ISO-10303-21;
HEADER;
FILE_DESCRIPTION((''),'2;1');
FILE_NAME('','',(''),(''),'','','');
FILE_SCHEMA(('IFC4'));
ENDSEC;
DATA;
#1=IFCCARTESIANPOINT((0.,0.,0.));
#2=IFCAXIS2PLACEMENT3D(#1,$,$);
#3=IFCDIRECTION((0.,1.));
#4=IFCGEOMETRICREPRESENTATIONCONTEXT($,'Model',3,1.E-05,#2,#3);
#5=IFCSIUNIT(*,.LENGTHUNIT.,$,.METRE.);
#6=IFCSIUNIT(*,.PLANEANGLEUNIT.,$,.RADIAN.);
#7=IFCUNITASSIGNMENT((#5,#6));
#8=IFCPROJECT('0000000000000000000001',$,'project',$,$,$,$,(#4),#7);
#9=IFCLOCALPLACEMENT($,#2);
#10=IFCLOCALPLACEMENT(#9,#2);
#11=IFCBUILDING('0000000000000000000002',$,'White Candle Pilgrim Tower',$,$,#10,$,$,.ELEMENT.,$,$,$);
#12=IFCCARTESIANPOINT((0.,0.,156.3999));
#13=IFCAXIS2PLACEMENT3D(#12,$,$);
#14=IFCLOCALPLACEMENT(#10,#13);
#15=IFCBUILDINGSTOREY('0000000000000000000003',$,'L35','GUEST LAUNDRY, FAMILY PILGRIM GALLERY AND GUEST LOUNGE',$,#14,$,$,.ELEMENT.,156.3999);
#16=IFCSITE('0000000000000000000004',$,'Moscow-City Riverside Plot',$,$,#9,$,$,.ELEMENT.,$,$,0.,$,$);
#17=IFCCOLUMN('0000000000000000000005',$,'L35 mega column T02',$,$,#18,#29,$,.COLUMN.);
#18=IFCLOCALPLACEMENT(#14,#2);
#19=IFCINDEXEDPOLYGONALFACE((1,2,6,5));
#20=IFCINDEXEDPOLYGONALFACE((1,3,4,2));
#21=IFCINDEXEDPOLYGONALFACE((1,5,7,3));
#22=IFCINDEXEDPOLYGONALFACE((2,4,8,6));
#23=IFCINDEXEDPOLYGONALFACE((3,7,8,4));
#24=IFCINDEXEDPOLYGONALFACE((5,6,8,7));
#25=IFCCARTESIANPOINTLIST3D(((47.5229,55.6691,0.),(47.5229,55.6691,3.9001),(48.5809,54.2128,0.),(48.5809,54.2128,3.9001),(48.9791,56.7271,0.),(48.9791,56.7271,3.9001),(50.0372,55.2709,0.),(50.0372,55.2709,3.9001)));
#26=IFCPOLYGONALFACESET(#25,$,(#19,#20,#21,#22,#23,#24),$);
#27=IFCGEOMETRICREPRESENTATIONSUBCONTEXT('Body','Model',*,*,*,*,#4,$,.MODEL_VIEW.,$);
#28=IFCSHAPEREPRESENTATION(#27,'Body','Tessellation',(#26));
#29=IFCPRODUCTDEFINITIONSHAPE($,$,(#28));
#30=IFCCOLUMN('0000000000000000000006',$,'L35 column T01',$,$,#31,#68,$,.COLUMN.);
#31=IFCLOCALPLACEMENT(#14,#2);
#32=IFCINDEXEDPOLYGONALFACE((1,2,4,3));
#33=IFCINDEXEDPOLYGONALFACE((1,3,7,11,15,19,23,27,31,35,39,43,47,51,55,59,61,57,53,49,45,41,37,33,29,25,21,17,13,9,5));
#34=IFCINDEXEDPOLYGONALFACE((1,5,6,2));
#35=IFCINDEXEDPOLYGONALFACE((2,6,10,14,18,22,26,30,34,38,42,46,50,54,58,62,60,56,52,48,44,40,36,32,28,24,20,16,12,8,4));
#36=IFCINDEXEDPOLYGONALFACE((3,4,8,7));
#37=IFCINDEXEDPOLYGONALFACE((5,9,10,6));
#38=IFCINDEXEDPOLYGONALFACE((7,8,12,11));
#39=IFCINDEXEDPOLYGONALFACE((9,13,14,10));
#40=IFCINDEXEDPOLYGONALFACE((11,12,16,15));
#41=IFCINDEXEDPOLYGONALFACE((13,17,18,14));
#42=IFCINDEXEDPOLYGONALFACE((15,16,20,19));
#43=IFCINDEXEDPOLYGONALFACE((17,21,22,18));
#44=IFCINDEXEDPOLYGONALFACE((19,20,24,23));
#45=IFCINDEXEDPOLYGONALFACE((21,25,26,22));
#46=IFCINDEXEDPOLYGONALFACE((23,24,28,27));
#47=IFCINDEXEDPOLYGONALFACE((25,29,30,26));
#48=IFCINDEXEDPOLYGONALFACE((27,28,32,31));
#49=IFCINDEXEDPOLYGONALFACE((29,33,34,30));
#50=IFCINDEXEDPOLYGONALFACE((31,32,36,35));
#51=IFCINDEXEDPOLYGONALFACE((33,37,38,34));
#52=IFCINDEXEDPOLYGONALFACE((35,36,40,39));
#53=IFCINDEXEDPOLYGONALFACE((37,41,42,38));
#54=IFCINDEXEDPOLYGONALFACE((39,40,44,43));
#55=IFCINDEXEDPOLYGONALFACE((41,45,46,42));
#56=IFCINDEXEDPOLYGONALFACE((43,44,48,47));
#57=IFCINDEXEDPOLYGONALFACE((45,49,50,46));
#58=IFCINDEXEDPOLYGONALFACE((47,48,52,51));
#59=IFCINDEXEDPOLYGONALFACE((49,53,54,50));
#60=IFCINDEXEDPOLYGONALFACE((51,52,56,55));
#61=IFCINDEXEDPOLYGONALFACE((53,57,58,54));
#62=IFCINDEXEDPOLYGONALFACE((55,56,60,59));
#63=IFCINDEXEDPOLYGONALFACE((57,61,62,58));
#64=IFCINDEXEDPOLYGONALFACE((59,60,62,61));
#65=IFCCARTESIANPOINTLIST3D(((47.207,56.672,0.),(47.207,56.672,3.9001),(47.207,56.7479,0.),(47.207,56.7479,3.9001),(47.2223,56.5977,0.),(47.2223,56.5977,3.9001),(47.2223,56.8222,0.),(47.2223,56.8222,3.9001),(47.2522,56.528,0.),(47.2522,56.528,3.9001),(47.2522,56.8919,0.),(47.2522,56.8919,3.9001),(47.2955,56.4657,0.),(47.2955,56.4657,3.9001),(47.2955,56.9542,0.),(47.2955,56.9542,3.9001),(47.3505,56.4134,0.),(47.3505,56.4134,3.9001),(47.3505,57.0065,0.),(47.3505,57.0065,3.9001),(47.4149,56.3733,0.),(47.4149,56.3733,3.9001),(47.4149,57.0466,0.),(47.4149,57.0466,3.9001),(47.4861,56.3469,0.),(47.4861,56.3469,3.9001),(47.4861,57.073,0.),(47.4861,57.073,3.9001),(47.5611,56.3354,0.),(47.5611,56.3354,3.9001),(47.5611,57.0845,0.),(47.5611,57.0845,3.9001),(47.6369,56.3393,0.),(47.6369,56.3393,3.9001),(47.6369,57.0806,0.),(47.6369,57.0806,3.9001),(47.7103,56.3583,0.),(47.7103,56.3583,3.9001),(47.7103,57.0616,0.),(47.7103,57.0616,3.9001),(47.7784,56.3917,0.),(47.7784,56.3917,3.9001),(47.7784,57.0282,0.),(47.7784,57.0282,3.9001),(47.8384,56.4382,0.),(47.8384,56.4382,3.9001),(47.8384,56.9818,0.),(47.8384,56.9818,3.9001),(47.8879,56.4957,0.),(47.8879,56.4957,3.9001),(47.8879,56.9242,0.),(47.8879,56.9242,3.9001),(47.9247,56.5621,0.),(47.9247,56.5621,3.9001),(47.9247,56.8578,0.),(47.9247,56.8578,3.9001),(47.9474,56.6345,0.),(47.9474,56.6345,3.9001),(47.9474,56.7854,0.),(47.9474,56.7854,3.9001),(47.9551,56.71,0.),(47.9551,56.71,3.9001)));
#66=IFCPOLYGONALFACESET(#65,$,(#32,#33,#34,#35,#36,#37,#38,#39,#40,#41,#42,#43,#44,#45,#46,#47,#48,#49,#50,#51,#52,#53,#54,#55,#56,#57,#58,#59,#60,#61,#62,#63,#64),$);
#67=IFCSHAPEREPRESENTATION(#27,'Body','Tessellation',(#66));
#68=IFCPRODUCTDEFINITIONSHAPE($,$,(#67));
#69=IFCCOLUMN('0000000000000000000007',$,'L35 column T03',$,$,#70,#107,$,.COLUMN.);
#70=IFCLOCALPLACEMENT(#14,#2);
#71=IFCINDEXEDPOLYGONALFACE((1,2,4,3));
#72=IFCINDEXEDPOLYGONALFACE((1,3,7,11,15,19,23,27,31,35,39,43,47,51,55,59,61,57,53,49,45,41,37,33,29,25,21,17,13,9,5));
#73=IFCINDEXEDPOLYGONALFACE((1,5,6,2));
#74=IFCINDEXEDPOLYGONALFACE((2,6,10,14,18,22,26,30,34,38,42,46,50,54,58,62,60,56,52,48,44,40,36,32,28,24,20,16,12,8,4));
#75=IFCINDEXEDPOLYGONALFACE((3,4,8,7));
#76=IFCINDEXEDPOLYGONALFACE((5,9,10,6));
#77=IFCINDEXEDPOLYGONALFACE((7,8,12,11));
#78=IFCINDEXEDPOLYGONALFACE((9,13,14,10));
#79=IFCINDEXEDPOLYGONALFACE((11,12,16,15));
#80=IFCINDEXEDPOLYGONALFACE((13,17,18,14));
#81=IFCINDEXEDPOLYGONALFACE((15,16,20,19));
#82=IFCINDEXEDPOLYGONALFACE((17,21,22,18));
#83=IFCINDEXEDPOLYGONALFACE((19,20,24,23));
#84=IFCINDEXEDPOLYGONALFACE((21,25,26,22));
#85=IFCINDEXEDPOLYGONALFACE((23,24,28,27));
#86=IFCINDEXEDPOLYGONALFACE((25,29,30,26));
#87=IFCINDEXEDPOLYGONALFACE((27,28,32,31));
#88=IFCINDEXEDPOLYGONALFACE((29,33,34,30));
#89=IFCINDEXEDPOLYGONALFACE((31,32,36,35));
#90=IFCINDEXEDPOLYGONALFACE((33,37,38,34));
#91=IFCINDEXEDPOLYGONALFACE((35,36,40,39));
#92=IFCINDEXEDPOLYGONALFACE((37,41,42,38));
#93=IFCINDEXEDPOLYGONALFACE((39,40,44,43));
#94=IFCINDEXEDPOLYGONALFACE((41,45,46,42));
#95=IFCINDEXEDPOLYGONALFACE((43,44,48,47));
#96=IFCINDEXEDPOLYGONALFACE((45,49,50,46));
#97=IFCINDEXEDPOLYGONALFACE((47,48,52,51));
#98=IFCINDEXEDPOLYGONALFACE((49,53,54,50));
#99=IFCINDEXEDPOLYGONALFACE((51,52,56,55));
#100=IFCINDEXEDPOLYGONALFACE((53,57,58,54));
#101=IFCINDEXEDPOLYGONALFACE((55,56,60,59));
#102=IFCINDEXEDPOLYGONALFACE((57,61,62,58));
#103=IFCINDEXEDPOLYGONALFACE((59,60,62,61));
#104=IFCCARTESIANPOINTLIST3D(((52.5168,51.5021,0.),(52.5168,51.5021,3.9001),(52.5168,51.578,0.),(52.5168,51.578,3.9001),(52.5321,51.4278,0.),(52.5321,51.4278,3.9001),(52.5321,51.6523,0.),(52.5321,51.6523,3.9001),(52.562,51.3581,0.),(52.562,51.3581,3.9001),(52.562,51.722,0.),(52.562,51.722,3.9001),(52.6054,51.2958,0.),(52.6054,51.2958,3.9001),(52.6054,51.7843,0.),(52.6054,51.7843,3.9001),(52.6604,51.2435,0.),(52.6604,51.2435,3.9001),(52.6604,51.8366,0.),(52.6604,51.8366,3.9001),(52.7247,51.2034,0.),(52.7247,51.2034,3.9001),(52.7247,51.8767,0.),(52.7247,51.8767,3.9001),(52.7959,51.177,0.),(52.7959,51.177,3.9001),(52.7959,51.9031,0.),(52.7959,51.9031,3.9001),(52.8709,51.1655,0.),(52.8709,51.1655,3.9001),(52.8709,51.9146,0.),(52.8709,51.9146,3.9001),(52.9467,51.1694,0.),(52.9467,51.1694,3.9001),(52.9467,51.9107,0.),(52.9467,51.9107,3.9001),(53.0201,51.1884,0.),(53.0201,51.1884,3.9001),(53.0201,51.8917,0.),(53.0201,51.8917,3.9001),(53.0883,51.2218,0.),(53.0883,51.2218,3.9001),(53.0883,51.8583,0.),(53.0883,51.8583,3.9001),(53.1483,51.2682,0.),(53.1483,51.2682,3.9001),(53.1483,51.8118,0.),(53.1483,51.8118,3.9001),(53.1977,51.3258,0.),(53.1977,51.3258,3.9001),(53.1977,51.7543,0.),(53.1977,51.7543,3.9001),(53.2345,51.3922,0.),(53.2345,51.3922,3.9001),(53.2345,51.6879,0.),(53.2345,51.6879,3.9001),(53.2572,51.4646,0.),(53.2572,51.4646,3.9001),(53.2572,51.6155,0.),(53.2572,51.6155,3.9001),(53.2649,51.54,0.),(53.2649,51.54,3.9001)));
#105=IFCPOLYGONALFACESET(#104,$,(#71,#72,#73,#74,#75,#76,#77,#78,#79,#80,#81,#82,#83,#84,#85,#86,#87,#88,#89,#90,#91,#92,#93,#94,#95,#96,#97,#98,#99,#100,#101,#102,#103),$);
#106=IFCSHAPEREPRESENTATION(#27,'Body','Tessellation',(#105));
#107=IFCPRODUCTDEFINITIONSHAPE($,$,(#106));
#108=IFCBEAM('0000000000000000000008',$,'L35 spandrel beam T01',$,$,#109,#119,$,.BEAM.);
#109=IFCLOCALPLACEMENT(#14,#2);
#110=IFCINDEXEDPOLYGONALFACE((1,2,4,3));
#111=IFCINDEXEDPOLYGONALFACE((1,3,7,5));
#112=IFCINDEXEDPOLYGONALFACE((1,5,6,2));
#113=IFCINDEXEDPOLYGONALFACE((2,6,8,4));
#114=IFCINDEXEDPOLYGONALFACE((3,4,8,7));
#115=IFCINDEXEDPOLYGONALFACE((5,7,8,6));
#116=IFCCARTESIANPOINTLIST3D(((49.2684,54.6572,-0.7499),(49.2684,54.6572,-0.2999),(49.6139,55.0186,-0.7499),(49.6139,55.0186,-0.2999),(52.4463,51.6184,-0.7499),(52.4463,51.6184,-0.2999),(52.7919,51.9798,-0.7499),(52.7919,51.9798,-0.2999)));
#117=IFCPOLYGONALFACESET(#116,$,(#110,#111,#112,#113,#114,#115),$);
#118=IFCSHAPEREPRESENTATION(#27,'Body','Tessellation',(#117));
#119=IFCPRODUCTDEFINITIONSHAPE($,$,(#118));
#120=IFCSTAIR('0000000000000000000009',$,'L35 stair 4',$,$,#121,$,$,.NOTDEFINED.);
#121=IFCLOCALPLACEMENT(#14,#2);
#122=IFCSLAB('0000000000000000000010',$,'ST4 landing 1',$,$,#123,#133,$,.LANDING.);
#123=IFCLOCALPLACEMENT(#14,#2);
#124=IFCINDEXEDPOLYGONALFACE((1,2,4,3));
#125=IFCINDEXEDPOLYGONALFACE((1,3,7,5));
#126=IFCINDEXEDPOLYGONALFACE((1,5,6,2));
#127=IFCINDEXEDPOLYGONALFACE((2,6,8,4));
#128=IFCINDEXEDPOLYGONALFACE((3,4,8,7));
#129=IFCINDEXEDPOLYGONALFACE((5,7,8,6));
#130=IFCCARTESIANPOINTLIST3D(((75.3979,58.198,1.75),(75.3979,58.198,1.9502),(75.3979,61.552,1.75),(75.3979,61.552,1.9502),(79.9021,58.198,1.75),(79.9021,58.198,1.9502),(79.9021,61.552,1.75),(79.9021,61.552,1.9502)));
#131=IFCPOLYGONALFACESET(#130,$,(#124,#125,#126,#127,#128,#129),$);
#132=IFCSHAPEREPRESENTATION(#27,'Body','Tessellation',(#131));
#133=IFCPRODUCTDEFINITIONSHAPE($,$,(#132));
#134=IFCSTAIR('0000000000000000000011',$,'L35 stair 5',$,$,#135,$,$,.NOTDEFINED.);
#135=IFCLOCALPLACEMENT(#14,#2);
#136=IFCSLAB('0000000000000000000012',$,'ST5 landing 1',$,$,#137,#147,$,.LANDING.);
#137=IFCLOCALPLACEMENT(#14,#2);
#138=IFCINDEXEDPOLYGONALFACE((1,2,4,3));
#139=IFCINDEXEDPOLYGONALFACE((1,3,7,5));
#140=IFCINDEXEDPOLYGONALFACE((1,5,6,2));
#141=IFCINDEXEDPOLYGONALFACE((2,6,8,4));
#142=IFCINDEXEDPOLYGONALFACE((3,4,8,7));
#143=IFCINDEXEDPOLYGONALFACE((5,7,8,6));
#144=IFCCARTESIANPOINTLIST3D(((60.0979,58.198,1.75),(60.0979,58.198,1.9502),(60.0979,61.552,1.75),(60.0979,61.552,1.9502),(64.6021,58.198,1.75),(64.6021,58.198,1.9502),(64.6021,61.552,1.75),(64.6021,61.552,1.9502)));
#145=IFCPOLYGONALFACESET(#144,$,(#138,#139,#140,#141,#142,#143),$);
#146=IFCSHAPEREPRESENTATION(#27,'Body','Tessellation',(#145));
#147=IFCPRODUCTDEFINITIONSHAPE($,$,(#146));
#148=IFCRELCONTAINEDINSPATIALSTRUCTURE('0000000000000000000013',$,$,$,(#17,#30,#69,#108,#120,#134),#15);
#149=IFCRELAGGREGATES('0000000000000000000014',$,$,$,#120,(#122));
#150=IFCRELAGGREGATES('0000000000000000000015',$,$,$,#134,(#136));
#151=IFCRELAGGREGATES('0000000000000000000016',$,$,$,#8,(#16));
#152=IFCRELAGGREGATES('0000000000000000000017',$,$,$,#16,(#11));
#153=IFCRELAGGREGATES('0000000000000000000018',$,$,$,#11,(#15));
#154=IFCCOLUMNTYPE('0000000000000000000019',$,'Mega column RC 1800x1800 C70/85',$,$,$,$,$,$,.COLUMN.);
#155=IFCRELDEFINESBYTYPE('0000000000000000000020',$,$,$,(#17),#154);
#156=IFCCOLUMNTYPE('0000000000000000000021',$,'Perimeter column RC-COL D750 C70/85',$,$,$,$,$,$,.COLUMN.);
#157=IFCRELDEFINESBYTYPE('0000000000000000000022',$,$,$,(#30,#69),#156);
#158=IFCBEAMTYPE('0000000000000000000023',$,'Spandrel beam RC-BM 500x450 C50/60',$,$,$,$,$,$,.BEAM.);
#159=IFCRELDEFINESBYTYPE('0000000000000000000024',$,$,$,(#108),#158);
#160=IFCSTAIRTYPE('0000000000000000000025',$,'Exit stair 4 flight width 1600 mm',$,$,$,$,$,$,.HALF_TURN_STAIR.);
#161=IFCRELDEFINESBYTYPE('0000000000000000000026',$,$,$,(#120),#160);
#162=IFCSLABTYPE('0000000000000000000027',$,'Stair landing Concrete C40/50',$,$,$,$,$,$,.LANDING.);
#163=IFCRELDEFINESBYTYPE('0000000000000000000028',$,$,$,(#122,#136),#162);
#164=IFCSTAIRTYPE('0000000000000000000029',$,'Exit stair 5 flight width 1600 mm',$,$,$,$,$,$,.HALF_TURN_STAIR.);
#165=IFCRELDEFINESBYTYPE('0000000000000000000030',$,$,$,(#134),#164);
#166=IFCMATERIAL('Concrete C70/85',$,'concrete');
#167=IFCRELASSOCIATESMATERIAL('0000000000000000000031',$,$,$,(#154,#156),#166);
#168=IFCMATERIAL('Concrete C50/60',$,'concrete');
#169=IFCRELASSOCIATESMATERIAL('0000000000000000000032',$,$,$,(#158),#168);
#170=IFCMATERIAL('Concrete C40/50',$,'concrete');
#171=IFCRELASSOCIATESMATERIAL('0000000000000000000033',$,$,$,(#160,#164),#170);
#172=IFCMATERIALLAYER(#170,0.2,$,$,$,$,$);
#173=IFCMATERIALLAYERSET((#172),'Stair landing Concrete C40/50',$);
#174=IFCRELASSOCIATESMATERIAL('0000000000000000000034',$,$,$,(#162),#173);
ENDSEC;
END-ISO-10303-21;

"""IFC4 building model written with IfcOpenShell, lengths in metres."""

from ifc_helpers import new_model, si_unit, direction, frame, origin, origin_2d, place, context, subcontext, project, spatial, polyline, rectangle, circle, outline, extrude, material, layer, layer_set, material_profile, profile_set, type_object, element, aggregate, save


model = new_model("IFC4")

# Units and contexts
model_context = context("Model", 3, precision=1e-05, world=origin(), true_north=direction((0.0, 1.0)))
body_context = subcontext(model_context, "Body", "Model", "MODEL_VIEW")
ifc_project = project(units=[si_unit("LENGTHUNIT", "METRE"), si_unit("PLANEANGLEUNIT", "RADIAN")], contexts=[model_context])

# Site, building, storey
site_placement = place(None, origin())
site = spatial("IfcSite", under=ifc_project, at=site_placement, Name="Moscow-City Riverside Plot", CompositionType="ELEMENT", RefElevation=0.0)
building_placement = place(site_placement, origin())
building = spatial("IfcBuilding", under=site, at=building_placement, Name="White Candle Pilgrim Tower", CompositionType="ELEMENT")
storey_placement = place(building_placement, frame((0.0, 0.0, 156.3999)))
storey = spatial("IfcBuildingStorey", under=building, at=storey_placement, Name="L35", Description="GUEST LAUNDRY, FAMILY PILGRIM GALLERY AND GUEST LOUNGE", CompositionType="ELEMENT", Elevation=156.3999)

# Columns
ifc_material_1 = material(Name="Concrete C70/85", Category="concrete")
ifc_material_profile_1 = material_profile(ifc_material_1, rectangle(XDim=1.8, YDim=1.8, at=origin_2d()), Name="RC 1800x1800")
ifc_profile_set_1 = profile_set([ifc_material_profile_1], Name="Concrete C70/85")
column_type_1 = type_object("IfcColumnType", Name="Mega column RC 1800x1800 C70/85", PredefinedType="COLUMN", material=ifc_profile_set_1)
column_placement = place(storey_placement, frame((48.78, 55.47, 0.0), z_axis=(0.0, 0.0, 1.0), x_axis=(-0.809017, -0.587785, 0.0)))
element("IfcColumn", 1, at=column_placement, inside=storey, type_object=column_type_1, Name="L35 mega column T02", PredefinedType="COLUMN", context=body_context, shape_type="SweptSolid", body=[
    extrude(rectangle(XDim=1.8, YDim=1.8, at=origin_2d()), origin(), (0.0, 0.0, 1.0), 3.9001),
])
ifc_material_profile_2 = material_profile(ifc_material_1, circle(Radius=0.375, at=origin_2d()), Name="RC-COL D750")
ifc_profile_set_2 = profile_set([ifc_material_profile_2], Name="Concrete C70/85")
column_type_2 = type_object("IfcColumnType", Name="Perimeter column RC-COL D750 C70/85", PredefinedType="COLUMN", material=ifc_profile_set_2)
for number, where, z_axis, x_axis, name in (
    (2, (47.5801, 56.71, 0.0), (0.0, 0.0, 1.0), (1.0, 0.0, 0.0), "L35 column T01"),
    (3, (52.8899, 51.54, 0.0), (0.0, 0.0, 1.0), (1.0, 0.0, 0.0), "L35 column T03"),
):
    element("IfcColumn", number, at=place(storey_placement, frame(where, z_axis=z_axis, x_axis=x_axis)), inside=storey, type_object=column_type_2, Name=name, PredefinedType="COLUMN", context=body_context, shape_type="SweptSolid", body=[
        extrude(circle(Radius=0.375, at=origin_2d()), origin(), (0.0, 0.0, 1.0), 3.9001),
    ])

# Beam
ifc_material_2 = material(Name="Concrete C50/60", Category="concrete")
ifc_material_profile_3 = material_profile(ifc_material_2, rectangle(XDim=0.5, YDim=0.45, at=origin_2d()), Name="RC-BM 500x450")
ifc_profile_set_3 = profile_set([ifc_material_profile_3], Name="Concrete C50/60")
beam_type = type_object("IfcBeamType", Name="Spandrel beam RC-BM 500x450 C50/60", PredefinedType="BEAM", material=ifc_profile_set_3)
beam_placement = place(storey_placement, frame((49.4412, 54.8379, -0.5249), z_axis=(0.722754, -0.691105, 0.0), x_axis=(0.691105, 0.722754, 0.0)))
element("IfcBeam", 4, at=beam_placement, inside=storey, type_object=beam_type, Name="L35 spandrel beam T01", PredefinedType="BEAM", context=body_context, shape_type="SweptSolid", body=[
    extrude(rectangle(XDim=0.5, YDim=0.45, at=origin_2d()), origin(), (0.0, 0.0, 1.0), 4.397),
])

# Stairs, slabs
ifc_material_3 = material(Name="Concrete C40/50", Category="concrete")
stair_type_1 = type_object("IfcStairType", Name="Exit stair 4 flight width 1600 mm", PredefinedType="HALF_TURN_STAIR", material=ifc_material_3)
stair_1_placement = place(storey_placement, origin())
stair_1 = element("IfcStair", 5, at=stair_1_placement, inside=storey, type_object=stair_type_1, Name="L35 stair 4", PredefinedType="NOTDEFINED")
ifc_layer_1 = layer(ifc_material_3, 0.2)
ifc_layer_set_1 = layer_set([ifc_layer_1], Name="Stair landing Concrete C40/50")
slab_type = type_object("IfcSlabType", Name="Stair landing Concrete C40/50", PredefinedType="LANDING", material=ifc_layer_set_1)
slab_1_placement = place(storey_placement, frame((0.0, 0.0, 1.75)))
slab_1 = element("IfcSlab", 6, at=slab_1_placement, type_object=slab_type, Name="ST4 landing 1", PredefinedType="LANDING", context=body_context, shape_type="SweptSolid", body=[
    extrude(outline(polyline([(79.9021, 61.552), (79.9021, 58.198), (75.3979, 58.198), (75.3979, 61.552), (79.9021, 61.552)])), origin(), (0.0, 0.0, 1.0), 0.2002),
])
aggregate(stair_1, [slab_1])
stair_type_2 = type_object("IfcStairType", Name="Exit stair 5 flight width 1600 mm", PredefinedType="HALF_TURN_STAIR", material=ifc_material_3)
stair_2_placement = place(storey_placement, origin())
stair_2 = element("IfcStair", 7, at=stair_2_placement, inside=storey, type_object=stair_type_2, Name="L35 stair 5", PredefinedType="NOTDEFINED")
slab_2_placement = place(storey_placement, frame((0.0, 0.0, 1.75)))
slab_2 = element("IfcSlab", 8, at=slab_2_placement, type_object=slab_type, Name="ST5 landing 1", PredefinedType="LANDING", context=body_context, shape_type="SweptSolid", body=[
    extrude(outline(polyline([(60.0979, 58.198), (60.0979, 61.552), (64.6021, 61.552), (64.6021, 58.198), (60.0979, 58.198)])), origin(), (0.0, 0.0, 1.0), 0.2002),
])
aggregate(stair_2, [slab_2])

save(model, "model.ifc")
